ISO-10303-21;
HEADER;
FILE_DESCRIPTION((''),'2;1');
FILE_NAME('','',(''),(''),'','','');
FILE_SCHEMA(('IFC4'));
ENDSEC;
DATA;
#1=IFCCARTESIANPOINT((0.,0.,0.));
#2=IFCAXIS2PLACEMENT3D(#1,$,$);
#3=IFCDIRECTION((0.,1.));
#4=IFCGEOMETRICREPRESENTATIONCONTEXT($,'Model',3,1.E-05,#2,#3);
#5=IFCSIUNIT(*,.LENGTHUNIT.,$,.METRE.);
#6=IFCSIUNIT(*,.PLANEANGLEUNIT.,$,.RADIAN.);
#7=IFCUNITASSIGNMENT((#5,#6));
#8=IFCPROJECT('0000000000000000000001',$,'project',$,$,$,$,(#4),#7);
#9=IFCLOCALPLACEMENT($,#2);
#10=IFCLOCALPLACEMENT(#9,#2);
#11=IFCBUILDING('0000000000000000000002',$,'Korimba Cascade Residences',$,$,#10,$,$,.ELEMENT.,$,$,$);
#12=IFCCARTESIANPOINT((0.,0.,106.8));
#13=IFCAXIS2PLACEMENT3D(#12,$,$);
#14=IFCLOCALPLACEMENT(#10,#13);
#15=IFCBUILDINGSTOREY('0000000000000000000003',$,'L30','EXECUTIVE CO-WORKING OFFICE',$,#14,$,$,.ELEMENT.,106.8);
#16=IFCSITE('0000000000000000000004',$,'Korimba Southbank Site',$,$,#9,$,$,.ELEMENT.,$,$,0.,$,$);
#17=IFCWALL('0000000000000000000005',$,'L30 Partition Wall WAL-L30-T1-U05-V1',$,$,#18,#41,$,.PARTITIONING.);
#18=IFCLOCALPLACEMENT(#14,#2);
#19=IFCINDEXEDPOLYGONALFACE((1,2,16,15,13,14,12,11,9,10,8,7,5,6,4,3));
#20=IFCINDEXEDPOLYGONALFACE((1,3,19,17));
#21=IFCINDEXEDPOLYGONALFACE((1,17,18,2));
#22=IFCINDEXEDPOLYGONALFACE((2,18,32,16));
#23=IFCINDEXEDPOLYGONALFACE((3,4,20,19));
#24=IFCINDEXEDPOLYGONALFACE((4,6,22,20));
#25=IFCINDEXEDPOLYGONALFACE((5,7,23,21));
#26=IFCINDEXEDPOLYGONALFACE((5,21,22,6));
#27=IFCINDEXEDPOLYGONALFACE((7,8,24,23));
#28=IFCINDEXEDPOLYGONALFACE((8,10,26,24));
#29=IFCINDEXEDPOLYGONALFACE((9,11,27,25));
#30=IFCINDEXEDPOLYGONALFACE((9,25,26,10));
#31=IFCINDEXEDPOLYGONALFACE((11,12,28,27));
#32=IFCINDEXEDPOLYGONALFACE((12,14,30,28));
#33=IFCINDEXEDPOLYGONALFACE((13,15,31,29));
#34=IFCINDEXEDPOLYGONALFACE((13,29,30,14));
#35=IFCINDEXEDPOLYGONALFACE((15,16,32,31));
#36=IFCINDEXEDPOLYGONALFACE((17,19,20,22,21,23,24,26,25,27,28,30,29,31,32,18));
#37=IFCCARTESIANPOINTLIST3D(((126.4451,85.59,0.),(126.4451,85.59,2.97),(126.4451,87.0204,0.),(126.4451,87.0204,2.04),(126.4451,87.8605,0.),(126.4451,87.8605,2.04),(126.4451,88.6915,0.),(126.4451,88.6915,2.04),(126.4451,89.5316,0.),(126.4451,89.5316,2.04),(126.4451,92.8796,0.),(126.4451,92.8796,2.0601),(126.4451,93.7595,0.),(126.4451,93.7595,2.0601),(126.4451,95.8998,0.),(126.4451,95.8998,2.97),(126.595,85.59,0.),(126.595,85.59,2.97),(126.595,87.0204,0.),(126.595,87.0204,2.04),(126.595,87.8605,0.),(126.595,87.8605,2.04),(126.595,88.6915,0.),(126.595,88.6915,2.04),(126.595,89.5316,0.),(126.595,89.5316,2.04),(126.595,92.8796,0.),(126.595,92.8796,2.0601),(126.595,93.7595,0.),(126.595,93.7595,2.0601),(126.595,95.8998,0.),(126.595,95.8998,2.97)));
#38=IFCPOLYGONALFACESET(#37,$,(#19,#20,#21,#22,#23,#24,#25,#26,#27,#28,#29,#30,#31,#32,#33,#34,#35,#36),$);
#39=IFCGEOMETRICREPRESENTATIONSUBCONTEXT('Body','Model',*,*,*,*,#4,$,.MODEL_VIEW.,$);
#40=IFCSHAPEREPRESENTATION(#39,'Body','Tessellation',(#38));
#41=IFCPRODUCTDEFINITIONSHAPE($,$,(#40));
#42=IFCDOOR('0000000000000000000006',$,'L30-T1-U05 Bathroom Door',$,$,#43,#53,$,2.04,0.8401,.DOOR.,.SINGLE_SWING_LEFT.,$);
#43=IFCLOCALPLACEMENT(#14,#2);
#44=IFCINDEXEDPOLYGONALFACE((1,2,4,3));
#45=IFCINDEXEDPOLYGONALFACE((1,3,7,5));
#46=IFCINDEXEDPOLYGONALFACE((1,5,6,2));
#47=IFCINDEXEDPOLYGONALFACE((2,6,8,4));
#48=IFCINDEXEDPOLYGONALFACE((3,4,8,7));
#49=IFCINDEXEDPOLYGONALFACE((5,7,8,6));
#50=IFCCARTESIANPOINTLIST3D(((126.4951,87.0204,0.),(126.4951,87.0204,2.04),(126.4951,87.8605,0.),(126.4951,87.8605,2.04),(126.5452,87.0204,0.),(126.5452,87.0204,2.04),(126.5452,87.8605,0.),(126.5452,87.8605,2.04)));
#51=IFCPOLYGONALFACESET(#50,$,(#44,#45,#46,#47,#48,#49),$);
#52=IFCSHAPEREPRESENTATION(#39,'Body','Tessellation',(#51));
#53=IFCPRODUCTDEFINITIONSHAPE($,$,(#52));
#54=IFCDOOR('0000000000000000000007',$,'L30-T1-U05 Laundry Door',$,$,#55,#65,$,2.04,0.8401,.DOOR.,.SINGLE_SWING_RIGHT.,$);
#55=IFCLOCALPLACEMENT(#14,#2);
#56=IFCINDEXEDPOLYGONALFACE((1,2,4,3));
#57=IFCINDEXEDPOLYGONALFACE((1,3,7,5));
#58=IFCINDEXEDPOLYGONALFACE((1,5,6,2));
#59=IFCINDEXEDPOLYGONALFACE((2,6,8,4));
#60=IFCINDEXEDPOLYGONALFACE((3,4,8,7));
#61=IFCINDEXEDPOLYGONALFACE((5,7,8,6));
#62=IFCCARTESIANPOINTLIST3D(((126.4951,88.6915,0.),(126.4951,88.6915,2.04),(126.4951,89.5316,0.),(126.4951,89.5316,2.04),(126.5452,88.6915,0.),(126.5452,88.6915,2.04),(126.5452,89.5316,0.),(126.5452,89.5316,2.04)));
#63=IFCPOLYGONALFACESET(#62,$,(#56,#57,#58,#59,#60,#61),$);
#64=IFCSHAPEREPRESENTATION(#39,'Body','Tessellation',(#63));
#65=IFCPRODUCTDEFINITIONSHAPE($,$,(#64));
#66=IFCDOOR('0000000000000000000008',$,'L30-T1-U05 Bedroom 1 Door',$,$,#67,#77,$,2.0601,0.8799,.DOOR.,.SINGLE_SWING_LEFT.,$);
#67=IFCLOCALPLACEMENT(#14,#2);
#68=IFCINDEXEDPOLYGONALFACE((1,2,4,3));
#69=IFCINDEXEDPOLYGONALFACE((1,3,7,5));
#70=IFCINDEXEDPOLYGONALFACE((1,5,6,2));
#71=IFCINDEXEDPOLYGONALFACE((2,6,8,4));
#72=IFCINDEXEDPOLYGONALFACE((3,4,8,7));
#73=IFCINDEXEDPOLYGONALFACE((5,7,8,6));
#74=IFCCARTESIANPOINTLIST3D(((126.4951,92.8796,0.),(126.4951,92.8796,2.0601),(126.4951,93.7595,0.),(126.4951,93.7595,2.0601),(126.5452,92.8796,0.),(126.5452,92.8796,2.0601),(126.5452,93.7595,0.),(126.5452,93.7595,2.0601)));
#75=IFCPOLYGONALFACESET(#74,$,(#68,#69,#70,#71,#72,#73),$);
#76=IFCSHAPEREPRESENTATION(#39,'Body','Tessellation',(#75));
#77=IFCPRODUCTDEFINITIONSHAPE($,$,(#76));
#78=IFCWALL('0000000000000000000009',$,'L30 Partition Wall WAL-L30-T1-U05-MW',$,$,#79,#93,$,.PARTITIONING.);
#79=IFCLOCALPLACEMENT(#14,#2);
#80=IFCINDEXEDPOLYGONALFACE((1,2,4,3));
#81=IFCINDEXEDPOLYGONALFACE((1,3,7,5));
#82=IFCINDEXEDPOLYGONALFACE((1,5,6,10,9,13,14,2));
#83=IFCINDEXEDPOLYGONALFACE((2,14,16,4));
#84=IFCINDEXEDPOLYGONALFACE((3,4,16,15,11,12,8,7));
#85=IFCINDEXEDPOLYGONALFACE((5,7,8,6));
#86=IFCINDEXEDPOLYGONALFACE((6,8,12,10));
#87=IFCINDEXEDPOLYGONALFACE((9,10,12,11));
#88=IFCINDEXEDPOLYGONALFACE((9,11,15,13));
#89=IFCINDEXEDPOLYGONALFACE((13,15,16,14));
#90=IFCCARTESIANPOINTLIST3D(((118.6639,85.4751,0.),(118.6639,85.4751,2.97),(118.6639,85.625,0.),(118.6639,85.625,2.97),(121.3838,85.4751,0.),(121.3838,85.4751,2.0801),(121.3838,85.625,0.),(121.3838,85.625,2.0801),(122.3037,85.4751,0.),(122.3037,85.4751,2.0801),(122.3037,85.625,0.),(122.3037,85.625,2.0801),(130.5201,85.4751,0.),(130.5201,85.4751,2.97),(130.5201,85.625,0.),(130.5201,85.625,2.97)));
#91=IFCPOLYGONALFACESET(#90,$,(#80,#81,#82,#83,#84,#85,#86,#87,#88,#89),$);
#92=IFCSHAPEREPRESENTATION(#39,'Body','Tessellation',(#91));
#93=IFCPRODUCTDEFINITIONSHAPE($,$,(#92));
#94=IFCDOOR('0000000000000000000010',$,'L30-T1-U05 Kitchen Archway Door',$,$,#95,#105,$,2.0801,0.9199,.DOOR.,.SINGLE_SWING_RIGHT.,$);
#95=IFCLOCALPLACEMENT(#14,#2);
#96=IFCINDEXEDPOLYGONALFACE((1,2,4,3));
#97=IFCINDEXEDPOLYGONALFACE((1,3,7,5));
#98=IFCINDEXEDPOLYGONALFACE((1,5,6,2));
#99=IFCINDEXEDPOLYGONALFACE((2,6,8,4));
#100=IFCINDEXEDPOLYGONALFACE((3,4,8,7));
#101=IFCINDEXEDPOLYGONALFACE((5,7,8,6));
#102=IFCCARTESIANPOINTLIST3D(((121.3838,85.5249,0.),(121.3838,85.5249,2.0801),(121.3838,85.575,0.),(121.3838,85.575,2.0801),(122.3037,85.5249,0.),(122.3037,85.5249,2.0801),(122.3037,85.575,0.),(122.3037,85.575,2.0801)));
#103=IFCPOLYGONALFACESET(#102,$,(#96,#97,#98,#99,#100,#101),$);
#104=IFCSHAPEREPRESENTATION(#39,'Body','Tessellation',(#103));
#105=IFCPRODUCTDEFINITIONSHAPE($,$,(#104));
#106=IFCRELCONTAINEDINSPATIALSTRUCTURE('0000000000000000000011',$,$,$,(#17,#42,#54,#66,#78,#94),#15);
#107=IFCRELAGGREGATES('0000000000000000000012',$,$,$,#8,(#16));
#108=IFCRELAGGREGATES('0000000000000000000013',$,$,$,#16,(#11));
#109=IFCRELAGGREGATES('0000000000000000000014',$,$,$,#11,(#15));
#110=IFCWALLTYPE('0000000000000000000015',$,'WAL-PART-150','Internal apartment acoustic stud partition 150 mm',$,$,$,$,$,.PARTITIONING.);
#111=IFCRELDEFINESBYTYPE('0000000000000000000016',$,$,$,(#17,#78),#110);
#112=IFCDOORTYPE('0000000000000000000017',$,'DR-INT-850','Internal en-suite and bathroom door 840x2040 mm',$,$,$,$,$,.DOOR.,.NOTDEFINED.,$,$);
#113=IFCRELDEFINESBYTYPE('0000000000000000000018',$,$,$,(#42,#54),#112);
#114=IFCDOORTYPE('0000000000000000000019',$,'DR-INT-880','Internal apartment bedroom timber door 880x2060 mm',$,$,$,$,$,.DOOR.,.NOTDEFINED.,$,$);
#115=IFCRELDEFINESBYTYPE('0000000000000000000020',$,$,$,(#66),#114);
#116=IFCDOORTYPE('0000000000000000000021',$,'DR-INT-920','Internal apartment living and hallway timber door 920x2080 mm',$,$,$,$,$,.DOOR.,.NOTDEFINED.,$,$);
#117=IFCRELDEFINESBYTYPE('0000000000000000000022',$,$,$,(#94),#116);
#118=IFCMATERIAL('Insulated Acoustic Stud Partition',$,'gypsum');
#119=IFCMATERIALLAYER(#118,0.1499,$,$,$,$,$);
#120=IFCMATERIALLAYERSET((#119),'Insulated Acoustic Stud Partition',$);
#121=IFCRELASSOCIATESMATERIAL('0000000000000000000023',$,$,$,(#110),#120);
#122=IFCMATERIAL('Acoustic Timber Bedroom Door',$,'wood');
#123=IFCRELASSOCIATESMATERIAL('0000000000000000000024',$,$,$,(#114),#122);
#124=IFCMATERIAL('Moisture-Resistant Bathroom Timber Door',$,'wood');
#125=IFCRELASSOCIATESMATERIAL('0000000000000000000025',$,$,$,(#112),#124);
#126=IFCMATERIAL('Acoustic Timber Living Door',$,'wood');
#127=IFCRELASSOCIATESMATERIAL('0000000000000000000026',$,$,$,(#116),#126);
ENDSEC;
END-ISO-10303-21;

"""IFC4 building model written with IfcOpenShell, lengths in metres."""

from ifc_helpers import new_model, si_unit, direction, frame, frame_2d, origin, place, context, subcontext, project, spatial, rectangle, extrude, material, layer, layer_set, type_object, element, fill, save


model = new_model("IFC4")

# Units and contexts
model_context = context("Model", 3, precision=1e-05, world=origin(), true_north=direction((0.0, 1.0)))
body_context = subcontext(model_context, "Body", "Model", "MODEL_VIEW")
ifc_project = project(units=[si_unit("LENGTHUNIT", "METRE"), si_unit("PLANEANGLEUNIT", "RADIAN")], contexts=[model_context])

# Site, building, storey
site_placement = place(None, origin())
site = spatial("IfcSite", under=ifc_project, at=site_placement, Name="Korimba Southbank Site", CompositionType="ELEMENT", RefElevation=0.0)
building_placement = place(site_placement, origin())
building = spatial("IfcBuilding", under=site, at=building_placement, Name="Korimba Cascade Residences", CompositionType="ELEMENT")
storey_placement = place(building_placement, frame((0.0, 0.0, 106.8)))
storey = spatial("IfcBuildingStorey", under=building, at=storey_placement, Name="L30", Description="EXECUTIVE CO-WORKING OFFICE", CompositionType="ELEMENT", Elevation=106.8)

# Shared definitions
ifc_material_1 = material(Name="Insulated Acoustic Stud Partition", Category="gypsum")
ifc_layer_1 = layer(ifc_material_1, 0.1499)
ifc_layer_set_1 = layer_set([ifc_layer_1], Name="Insulated Acoustic Stud Partition")
wall_type_1 = type_object("IfcWallType", Name="WAL-PART-150", Description="Internal apartment acoustic stud partition 150 mm", PredefinedType="PARTITIONING", material=ifc_layer_set_1)
ifc_material_2 = material(Name="Acoustic Timber Bedroom Door", Category="wood")
door_type_1 = type_object("IfcDoorType", Name="DR-INT-880", Description="Internal apartment bedroom timber door 880x2060 mm", OperationType="NOTDEFINED", PredefinedType="DOOR", material=ifc_material_2)

# Wall, openings, doors
wall_1_placement = place(storey_placement, frame((126.52, 85.5901, 0.0), z_axis=(0.0, 0.0, 1.0), x_axis=(0.0, 1.0, 0.0)))
wall_1 = element("IfcWall", 1, at=wall_1_placement, inside=storey, type_object=wall_type_1, Name="L30 Partition Wall WAL-L30-T1-U05-V1", PredefinedType="PARTITIONING", context=body_context, shape_type="SweptSolid", body=[
    extrude(rectangle(XDim=10.3098, YDim=0.1499, at=frame_2d((5.1548, 0.0))), origin(), (0.0, 0.0, 1.0), 2.97),
])
opening_1_placement = place(wall_1_placement, frame((1.4304, 0.0, 0.0)))
opening_1 = element("IfcOpeningElement", 2, at=opening_1_placement, cuts=wall_1, PredefinedType="OPENING", context=body_context, shape_type="SweptSolid", body=[
    extrude(rectangle(XDim=0.8401, YDim=2.04, at=frame_2d((0.4199, 1.02))), frame((0.0, 0.085, 0.0), z_axis=(0.0, -1.0, 0.0), x_axis=(1.0, 0.0, 0.0)), (0.0, 0.0, 1.0), 0.1699),
])
opening_2_placement = place(wall_1_placement, frame((3.1016, 0.0, 0.0)))
opening_2 = element("IfcOpeningElement", 3, at=opening_2_placement, cuts=wall_1, PredefinedType="OPENING", context=body_context, shape_type="SweptSolid", body=[
    extrude(rectangle(XDim=0.8401, YDim=2.04, at=frame_2d((0.4199, 1.02))), frame((0.0, 0.085, 0.0), z_axis=(0.0, -1.0, 0.0), x_axis=(1.0, 0.0, 0.0)), (0.0, 0.0, 1.0), 0.1699),
])
opening_3_placement = place(wall_1_placement, frame((7.2896, 0.0, 0.0)))
opening_3 = element("IfcOpeningElement", 4, at=opening_3_placement, cuts=wall_1, PredefinedType="OPENING", context=body_context, shape_type="SweptSolid", body=[
    extrude(rectangle(XDim=0.8799, YDim=2.0601, at=frame_2d((0.4399, 1.03))), frame((0.0, 0.085, 0.0), z_axis=(0.0, -1.0, 0.0), x_axis=(1.0, 0.0, 0.0)), (0.0, 0.0, 1.0), 0.1699),
])
ifc_material_3 = material(Name="Moisture-Resistant Bathroom Timber Door", Category="wood")
door_type_2 = type_object("IfcDoorType", Name="DR-INT-850", Description="Internal en-suite and bathroom door 840x2040 mm", OperationType="NOTDEFINED", PredefinedType="DOOR", material=ifc_material_3)
door_1_placement = place(opening_1_placement, origin())
door_1 = element("IfcDoor", 5, at=door_1_placement, inside=storey, type_object=door_type_2, Name="L30-T1-U05 Bathroom Door", OperationType="SINGLE_SWING_LEFT", OverallHeight=2.04, OverallWidth=0.8401, PredefinedType="DOOR", context=body_context, shape_type="SweptSolid", body=[
    extrude(rectangle(XDim=0.8401, YDim=2.04, at=frame_2d((0.4199, 1.02))), frame((0.0, 0.0249, 0.0), z_axis=(0.0, -1.0, 0.0), x_axis=(1.0, 0.0, 0.0)), (0.0, 0.0, 1.0), 0.05),
])
fill(opening_1, door_1)
door_2_placement = place(opening_2_placement, origin())
door_2 = element("IfcDoor", 6, at=door_2_placement, inside=storey, type_object=door_type_2, Name="L30-T1-U05 Laundry Door", OperationType="SINGLE_SWING_RIGHT", OverallHeight=2.04, OverallWidth=0.8401, PredefinedType="DOOR", context=body_context, shape_type="SweptSolid", body=[
    extrude(rectangle(XDim=0.8401, YDim=2.04, at=frame_2d((0.4199, 1.02))), frame((0.0, 0.0249, 0.0), z_axis=(0.0, -1.0, 0.0), x_axis=(1.0, 0.0, 0.0)), (0.0, 0.0, 1.0), 0.05),
])
fill(opening_2, door_2)
door_3_placement = place(opening_3_placement, origin())
door_3 = element("IfcDoor", 7, at=door_3_placement, inside=storey, type_object=door_type_1, Name="L30-T1-U05 Bedroom 1 Door", OperationType="SINGLE_SWING_LEFT", OverallHeight=2.0601, OverallWidth=0.8799, PredefinedType="DOOR", context=body_context, shape_type="SweptSolid", body=[
    extrude(rectangle(XDim=0.8799, YDim=2.0601, at=frame_2d((0.4399, 1.03))), frame((0.0, 0.0249, 0.0), z_axis=(0.0, -1.0, 0.0), x_axis=(1.0, 0.0, 0.0)), (0.0, 0.0, 1.0), 0.05),
])
fill(opening_3, door_3)

# Wall, opening, door
wall_2_placement = place(storey_placement, frame((118.6638, 85.55, 0.0), z_axis=(0.0, 0.0, 1.0), x_axis=(1.0, 0.0, 0.0)))
wall_2 = element("IfcWall", 8, at=wall_2_placement, inside=storey, type_object=wall_type_1, Name="L30 Partition Wall WAL-L30-T1-U05-MW", PredefinedType="PARTITIONING", context=body_context, shape_type="SweptSolid", body=[
    extrude(rectangle(XDim=11.8562, YDim=0.1499, at=frame_2d((5.9282, 0.0))), origin(), (0.0, 0.0, 1.0), 2.97),
])
opening_4_placement = place(wall_2_placement, frame((2.72, 0.0, 0.0)))
opening_4 = element("IfcOpeningElement", 9, at=opening_4_placement, cuts=wall_2, PredefinedType="OPENING", context=body_context, shape_type="SweptSolid", body=[
    extrude(rectangle(XDim=0.9199, YDim=2.0801, at=frame_2d((0.46, 1.04))), frame((0.0, 0.085, 0.0), z_axis=(0.0, -1.0, 0.0), x_axis=(1.0, 0.0, 0.0)), (0.0, 0.0, 1.0), 0.1699),
])
ifc_material_4 = material(Name="Acoustic Timber Living Door", Category="wood")
door_type_3 = type_object("IfcDoorType", Name="DR-INT-920", Description="Internal apartment living and hallway timber door 920x2080 mm", OperationType="NOTDEFINED", PredefinedType="DOOR", material=ifc_material_4)
door_4_placement = place(opening_4_placement, origin())
door_4 = element("IfcDoor", 10, at=door_4_placement, inside=storey, type_object=door_type_3, Name="L30-T1-U05 Kitchen Archway Door", OperationType="SINGLE_SWING_RIGHT", OverallHeight=2.0801, OverallWidth=0.9199, PredefinedType="DOOR", context=body_context, shape_type="SweptSolid", body=[
    extrude(rectangle(XDim=0.9199, YDim=2.0801, at=frame_2d((0.46, 1.04))), frame((0.0, 0.0249, 0.0), z_axis=(0.0, -1.0, 0.0), x_axis=(1.0, 0.0, 0.0)), (0.0, 0.0, 1.0), 0.05),
])
fill(opening_4, door_4)

save(model, "model.ifc")
